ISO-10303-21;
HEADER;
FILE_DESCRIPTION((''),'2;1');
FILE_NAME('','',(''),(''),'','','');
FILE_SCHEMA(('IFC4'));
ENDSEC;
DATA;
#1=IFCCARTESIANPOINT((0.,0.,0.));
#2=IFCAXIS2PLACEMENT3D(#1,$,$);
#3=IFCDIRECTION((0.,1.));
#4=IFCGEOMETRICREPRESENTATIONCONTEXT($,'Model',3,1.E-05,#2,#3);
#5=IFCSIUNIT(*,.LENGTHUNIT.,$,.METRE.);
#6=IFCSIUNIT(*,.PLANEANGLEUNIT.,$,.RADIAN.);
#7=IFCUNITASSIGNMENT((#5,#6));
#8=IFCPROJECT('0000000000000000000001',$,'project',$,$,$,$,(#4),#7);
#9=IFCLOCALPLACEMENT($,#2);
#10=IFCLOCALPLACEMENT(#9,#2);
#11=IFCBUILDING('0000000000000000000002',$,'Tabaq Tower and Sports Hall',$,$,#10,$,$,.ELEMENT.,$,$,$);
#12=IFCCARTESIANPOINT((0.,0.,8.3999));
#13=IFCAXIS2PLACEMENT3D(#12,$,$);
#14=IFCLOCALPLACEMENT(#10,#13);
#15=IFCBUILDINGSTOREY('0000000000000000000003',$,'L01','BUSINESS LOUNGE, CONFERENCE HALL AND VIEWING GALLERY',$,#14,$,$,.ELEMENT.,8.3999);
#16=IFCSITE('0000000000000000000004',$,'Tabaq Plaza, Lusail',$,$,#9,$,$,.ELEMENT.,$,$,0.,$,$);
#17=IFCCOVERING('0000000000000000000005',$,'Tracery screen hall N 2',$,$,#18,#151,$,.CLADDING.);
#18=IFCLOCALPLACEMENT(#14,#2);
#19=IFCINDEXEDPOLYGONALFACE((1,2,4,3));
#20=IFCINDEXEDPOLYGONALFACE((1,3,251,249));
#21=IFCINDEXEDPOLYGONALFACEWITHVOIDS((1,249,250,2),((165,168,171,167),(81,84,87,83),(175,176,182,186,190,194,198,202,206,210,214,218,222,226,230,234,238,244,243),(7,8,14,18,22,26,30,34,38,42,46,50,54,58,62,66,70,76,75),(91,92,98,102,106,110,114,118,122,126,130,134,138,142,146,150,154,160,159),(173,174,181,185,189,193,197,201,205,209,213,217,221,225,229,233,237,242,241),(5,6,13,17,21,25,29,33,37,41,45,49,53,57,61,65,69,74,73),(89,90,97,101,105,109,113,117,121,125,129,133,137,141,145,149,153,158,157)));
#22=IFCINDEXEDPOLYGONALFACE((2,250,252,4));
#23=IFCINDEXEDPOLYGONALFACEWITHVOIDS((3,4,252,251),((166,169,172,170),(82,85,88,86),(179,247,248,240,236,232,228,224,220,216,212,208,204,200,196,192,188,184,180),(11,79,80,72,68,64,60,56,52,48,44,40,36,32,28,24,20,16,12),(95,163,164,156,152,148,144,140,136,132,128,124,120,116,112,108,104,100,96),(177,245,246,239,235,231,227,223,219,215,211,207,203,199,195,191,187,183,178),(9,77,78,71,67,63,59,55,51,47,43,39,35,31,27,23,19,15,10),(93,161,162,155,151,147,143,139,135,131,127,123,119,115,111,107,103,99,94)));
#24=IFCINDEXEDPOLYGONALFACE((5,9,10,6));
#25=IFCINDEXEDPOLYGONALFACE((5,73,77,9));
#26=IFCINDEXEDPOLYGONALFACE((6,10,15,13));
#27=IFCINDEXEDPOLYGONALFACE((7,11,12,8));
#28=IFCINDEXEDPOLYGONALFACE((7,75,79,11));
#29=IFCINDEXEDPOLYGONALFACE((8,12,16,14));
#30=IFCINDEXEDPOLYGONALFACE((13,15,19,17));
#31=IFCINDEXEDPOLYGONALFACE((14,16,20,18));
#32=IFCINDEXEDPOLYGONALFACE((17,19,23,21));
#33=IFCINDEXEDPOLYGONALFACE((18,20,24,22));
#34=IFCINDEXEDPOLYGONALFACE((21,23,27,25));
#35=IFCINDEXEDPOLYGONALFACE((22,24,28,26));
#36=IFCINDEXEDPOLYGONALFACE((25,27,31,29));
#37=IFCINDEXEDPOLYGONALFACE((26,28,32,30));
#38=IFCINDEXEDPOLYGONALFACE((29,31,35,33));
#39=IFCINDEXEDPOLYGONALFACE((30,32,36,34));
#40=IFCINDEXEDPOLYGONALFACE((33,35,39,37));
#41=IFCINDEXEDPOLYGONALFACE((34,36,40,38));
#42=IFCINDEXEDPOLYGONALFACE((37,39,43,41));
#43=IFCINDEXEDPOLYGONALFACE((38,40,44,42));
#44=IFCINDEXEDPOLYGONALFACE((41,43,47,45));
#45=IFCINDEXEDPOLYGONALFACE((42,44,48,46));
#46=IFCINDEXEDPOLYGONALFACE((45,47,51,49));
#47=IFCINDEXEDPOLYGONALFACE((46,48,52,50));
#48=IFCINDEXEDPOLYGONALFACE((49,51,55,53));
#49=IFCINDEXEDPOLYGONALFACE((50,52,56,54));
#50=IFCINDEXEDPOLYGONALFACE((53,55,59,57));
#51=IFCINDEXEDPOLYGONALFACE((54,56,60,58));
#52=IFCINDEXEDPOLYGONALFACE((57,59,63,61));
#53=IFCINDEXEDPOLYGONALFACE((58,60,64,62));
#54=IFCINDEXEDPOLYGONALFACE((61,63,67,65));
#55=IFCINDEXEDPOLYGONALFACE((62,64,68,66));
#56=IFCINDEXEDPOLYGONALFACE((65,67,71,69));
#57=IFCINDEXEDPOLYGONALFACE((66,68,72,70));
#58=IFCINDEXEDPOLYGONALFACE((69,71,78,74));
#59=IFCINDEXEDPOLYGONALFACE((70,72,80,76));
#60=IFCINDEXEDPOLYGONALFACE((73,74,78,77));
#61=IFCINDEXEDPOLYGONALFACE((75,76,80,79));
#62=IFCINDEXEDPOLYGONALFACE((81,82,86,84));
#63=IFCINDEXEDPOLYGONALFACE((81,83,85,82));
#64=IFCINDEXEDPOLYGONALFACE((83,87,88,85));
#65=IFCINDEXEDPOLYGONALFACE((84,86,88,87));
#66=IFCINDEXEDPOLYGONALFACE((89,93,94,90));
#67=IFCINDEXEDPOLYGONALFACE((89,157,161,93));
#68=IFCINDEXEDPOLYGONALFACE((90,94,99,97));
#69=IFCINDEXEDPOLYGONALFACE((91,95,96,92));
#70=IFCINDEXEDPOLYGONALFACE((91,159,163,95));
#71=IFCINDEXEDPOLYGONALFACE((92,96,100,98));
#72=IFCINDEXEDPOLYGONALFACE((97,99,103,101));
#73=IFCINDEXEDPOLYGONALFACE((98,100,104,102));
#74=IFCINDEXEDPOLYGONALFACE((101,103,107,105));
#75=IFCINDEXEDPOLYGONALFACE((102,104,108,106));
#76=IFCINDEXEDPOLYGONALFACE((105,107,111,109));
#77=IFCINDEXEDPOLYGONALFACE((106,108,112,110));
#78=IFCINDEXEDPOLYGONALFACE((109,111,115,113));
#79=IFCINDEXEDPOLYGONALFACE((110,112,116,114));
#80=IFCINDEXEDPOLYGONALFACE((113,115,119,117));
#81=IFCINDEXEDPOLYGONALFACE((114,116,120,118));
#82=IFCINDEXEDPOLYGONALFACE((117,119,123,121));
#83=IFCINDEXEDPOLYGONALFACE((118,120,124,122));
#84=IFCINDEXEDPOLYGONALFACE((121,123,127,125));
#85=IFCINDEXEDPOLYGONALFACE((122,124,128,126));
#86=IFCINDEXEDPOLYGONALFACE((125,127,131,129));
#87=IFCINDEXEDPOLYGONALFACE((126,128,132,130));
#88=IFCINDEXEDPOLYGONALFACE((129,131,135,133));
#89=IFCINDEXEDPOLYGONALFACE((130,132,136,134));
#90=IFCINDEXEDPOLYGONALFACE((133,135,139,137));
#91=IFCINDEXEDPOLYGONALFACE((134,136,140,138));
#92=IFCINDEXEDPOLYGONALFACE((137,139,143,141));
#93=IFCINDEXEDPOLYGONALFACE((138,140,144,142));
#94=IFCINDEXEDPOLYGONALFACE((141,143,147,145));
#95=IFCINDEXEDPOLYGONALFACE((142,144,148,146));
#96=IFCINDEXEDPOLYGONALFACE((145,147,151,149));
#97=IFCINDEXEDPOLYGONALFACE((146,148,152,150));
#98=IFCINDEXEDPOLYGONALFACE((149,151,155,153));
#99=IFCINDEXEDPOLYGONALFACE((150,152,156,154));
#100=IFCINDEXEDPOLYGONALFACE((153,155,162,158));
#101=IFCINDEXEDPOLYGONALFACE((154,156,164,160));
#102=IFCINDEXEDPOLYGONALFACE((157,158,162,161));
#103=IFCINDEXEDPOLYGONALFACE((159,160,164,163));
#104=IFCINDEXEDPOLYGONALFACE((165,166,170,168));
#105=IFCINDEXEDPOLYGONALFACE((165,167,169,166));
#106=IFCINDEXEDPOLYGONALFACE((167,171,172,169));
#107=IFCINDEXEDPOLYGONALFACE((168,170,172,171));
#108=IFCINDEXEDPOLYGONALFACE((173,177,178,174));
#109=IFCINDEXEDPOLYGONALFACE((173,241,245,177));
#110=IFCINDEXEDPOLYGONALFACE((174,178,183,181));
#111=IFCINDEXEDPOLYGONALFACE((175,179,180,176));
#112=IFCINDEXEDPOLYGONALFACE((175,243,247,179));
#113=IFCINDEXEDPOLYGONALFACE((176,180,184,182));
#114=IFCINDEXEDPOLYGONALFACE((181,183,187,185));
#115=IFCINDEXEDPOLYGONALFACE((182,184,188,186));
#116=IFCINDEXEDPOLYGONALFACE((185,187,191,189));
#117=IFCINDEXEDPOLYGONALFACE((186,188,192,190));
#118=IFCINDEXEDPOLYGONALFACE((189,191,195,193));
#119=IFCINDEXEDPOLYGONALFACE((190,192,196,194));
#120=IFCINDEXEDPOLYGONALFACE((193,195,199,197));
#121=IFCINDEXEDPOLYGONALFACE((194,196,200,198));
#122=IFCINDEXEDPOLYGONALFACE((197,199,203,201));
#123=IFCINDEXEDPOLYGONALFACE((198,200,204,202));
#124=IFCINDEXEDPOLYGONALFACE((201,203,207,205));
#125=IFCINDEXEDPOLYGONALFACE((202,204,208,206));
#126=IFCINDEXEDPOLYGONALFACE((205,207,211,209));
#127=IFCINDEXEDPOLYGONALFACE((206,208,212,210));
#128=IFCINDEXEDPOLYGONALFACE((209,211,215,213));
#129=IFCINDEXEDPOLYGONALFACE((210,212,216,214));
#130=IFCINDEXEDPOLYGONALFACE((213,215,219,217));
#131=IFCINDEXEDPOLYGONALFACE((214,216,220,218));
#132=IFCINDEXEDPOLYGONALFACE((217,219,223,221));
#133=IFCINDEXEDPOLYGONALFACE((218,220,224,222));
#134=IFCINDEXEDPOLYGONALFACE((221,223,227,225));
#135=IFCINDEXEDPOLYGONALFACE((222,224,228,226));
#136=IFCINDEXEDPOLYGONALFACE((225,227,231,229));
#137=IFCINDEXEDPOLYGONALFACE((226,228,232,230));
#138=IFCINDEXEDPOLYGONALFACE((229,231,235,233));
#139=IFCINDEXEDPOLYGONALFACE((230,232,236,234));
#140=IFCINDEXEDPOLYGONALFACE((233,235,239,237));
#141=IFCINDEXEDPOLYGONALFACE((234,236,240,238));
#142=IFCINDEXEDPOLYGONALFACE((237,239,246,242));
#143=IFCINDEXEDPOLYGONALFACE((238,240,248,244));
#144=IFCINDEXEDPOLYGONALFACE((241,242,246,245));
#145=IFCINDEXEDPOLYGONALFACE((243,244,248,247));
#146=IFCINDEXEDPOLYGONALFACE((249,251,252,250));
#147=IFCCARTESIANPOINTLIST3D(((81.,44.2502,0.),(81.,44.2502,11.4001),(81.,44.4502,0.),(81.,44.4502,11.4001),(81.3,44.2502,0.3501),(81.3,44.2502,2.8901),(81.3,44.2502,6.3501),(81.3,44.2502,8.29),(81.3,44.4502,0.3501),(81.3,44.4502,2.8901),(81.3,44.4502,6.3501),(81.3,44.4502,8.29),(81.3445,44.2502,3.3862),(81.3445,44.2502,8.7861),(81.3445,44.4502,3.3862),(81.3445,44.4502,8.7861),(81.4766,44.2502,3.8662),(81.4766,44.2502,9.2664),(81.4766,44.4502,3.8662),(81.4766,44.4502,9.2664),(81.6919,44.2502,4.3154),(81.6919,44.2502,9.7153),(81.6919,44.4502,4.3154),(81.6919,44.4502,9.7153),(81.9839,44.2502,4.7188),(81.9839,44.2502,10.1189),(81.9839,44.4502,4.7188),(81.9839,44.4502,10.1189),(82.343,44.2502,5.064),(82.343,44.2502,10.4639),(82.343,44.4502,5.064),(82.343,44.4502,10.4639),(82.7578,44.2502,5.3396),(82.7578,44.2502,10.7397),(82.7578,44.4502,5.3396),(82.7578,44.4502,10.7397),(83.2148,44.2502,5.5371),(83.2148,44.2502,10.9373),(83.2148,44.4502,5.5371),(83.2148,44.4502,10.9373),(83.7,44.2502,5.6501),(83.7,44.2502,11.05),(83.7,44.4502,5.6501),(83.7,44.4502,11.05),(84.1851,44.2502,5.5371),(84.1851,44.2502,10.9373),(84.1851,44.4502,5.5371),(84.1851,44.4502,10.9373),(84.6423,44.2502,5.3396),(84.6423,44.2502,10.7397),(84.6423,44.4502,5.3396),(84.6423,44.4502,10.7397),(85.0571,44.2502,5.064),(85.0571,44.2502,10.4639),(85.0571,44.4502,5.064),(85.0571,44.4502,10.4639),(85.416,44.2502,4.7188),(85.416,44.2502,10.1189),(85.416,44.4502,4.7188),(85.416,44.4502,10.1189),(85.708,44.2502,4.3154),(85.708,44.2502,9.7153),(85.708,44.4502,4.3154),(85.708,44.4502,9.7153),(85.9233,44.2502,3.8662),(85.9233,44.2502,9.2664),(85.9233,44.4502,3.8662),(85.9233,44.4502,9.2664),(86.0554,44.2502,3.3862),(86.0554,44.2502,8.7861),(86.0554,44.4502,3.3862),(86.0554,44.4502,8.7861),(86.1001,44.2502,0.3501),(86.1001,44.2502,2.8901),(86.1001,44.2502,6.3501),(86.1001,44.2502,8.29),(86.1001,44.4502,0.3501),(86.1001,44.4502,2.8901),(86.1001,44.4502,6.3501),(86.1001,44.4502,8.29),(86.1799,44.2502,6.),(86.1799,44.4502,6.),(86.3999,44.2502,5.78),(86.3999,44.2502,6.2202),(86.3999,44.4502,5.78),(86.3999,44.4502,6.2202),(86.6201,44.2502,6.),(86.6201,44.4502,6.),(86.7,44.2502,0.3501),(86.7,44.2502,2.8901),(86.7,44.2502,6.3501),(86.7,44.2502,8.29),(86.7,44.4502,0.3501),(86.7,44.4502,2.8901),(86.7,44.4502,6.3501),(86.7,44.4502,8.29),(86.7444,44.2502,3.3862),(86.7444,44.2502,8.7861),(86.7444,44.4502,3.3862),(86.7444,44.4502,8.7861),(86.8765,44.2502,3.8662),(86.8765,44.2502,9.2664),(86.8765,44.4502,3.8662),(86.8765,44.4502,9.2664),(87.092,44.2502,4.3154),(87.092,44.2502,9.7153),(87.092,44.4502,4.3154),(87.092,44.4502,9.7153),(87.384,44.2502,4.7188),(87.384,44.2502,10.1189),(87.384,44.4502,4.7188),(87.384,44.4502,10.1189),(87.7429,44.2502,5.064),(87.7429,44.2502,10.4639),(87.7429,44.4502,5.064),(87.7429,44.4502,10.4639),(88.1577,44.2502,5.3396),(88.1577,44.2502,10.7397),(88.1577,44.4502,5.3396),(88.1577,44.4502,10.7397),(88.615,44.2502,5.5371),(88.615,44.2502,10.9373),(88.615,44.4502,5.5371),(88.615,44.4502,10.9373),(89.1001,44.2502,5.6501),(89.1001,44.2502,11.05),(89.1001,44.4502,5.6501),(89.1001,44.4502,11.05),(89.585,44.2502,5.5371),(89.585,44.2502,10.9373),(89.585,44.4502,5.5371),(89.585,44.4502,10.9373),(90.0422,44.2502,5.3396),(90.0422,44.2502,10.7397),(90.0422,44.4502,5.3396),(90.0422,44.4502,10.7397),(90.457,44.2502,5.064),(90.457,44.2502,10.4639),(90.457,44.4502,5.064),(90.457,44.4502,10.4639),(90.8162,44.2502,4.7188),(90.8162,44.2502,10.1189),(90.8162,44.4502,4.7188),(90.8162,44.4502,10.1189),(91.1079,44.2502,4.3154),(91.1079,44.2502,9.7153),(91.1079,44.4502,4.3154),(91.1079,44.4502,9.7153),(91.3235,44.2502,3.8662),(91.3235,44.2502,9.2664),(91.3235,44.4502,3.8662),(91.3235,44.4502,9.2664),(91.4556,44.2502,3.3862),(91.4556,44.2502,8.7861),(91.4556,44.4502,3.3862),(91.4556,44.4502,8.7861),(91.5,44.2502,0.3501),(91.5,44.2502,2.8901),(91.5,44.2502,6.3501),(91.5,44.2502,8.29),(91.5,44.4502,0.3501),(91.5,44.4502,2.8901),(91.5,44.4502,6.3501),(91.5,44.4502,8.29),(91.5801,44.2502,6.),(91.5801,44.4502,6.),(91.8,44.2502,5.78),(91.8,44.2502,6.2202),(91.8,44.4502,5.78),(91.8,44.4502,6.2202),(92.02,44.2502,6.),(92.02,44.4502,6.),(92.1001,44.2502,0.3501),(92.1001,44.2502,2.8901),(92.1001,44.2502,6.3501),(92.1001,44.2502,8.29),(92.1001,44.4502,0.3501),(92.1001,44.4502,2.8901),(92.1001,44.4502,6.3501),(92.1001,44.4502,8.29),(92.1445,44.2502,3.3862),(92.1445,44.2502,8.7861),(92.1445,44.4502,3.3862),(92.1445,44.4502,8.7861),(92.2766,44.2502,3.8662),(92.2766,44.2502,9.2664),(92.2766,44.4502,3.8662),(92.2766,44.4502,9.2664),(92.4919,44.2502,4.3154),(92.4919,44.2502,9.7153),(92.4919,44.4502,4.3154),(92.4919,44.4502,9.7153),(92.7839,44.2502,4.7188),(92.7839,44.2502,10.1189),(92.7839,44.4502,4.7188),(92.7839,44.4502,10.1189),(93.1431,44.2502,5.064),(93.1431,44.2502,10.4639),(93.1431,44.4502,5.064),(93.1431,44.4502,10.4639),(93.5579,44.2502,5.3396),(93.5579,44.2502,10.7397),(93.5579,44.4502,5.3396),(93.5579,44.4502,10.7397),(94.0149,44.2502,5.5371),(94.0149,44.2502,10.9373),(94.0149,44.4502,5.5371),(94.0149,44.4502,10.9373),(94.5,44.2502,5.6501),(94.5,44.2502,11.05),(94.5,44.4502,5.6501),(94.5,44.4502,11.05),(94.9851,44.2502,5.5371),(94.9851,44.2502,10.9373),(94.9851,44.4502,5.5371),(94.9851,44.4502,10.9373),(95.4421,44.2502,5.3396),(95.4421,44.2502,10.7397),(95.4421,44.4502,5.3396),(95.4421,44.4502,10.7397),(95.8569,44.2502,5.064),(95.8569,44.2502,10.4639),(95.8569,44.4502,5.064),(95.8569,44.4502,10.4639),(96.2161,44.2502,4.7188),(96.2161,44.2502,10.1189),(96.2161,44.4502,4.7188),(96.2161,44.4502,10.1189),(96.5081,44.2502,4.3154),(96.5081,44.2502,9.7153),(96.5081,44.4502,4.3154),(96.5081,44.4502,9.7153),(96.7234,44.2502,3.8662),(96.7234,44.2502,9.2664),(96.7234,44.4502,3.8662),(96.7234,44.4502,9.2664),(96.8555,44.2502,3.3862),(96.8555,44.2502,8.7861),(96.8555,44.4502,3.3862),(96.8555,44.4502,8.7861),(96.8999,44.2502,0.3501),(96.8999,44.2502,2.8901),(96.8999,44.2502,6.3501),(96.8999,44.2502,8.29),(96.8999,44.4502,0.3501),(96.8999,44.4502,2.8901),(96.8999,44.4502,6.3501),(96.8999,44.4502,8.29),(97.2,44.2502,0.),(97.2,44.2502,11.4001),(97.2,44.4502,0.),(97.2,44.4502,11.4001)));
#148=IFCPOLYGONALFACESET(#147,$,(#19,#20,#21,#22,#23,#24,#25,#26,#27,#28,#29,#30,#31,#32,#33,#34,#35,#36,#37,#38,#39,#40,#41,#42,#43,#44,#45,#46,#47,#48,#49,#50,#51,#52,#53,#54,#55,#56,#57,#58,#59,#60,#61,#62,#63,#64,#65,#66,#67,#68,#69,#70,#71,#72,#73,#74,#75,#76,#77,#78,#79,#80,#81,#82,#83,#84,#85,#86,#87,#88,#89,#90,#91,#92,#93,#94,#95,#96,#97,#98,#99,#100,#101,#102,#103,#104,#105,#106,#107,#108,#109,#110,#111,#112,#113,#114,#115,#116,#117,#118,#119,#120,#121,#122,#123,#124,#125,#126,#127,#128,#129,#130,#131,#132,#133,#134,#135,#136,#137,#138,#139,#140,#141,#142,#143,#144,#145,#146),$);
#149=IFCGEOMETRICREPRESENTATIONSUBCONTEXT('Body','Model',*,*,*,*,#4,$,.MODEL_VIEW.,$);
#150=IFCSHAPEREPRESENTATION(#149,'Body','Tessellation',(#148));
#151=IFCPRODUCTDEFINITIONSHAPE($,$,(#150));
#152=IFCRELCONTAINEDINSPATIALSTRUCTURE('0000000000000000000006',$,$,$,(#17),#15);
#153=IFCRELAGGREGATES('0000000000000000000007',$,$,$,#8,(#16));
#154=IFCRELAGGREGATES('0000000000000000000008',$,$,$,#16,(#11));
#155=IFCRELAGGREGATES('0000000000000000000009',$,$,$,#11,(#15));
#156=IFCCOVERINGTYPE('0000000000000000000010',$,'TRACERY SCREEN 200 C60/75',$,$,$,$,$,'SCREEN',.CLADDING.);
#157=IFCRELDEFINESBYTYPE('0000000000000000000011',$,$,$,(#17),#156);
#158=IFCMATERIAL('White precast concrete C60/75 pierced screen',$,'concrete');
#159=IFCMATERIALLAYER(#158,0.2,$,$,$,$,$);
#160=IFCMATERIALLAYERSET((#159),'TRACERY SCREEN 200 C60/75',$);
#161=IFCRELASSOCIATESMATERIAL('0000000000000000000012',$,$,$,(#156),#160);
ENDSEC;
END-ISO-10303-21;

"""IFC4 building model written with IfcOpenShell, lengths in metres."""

from ifc_helpers import new_model, si_unit, direction, frame, origin, place, context, subcontext, project, spatial, polyline, outline, extrude, material, layer, layer_set, type_object, element, save


model = new_model("IFC4")

# Units and contexts
model_context = context("Model", 3, precision=1e-05, world=origin(), true_north=direction((0.0, 1.0)))
body_context = subcontext(model_context, "Body", "Model", "MODEL_VIEW")
ifc_project = project(units=[si_unit("LENGTHUNIT", "METRE"), si_unit("PLANEANGLEUNIT", "RADIAN")], contexts=[model_context])

# Site, building, storey
site_placement = place(None, origin())
site = spatial("IfcSite", under=ifc_project, at=site_placement, Name="Tabaq Plaza, Lusail", CompositionType="ELEMENT", RefElevation=0.0)
building_placement = place(site_placement, origin())
building = spatial("IfcBuilding", under=site, at=building_placement, Name="Tabaq Tower and Sports Hall", CompositionType="ELEMENT")
storey_placement = place(building_placement, frame((0.0, 0.0, 8.3999)))
storey = spatial("IfcBuildingStorey", under=building, at=storey_placement, Name="L01", Description="BUSINESS LOUNGE, CONFERENCE HALL AND VIEWING GALLERY", CompositionType="ELEMENT", Elevation=8.3999)

# Covering
ifc_material_1 = material(Name="White precast concrete C60/75 pierced screen", Category="concrete")
ifc_layer_1 = layer(ifc_material_1, 0.2)
ifc_layer_set_1 = layer_set([ifc_layer_1], Name="TRACERY SCREEN 200 C60/75")
covering_type_1 = type_object("IfcCoveringType", Name="TRACERY SCREEN 200 C60/75", ElementType="SCREEN", PredefinedType="CLADDING", material=ifc_layer_set_1)
covering_1_placement = place(storey_placement, frame((81.0, 44.3501, 0.0), z_axis=(0.0, 0.0, 1.0), x_axis=(1.0, 0.0, 0.0)))
element("IfcCovering", 1, at=covering_1_placement, inside=storey, type_object=covering_type_1, Name="Tracery screen hall N 2", PredefinedType="CLADDING", context=body_context, shape_type="SweptSolid", body=[
    extrude(outline(polyline([(0.0, 0.0), (16.2, 0.0), (16.2, 11.4001), (0.0, 11.4001), (0.0, 0.0)]), holes=[polyline([(0.3, 0.3501), (5.1001, 0.3501), (5.1001, 2.8901), (5.0554, 3.3862), (4.9233, 3.8662), (4.708, 4.3154), (4.416, 4.7188), (4.0571, 5.064), (3.6423, 5.3396), (3.1851, 5.5371), (2.7, 5.6501), (2.2148, 5.5371), (1.7578, 5.3396), (1.343, 5.064), (0.9839, 4.7188), (0.6919, 4.3154), (0.4766, 3.8662), (0.3445, 3.3862), (0.3, 2.8901), (0.3, 0.3501)]), polyline([(5.7, 0.3501), (10.5, 0.3501), (10.5, 2.8901), (10.4556, 3.3862), (10.3235, 3.8662), (10.1079, 4.3154), (9.8162, 4.7188), (9.457, 5.064), (9.0422, 5.3396), (8.585, 5.5371), (8.1001, 5.6501), (7.615, 5.5371), (7.1577, 5.3396), (6.7429, 5.064), (6.384, 4.7188), (6.092, 4.3154), (5.8765, 3.8662), (5.7444, 3.3862), (5.7, 2.8901), (5.7, 0.3501)]), polyline([(11.1001, 0.3501), (15.8999, 0.3501), (15.8999, 2.8901), (15.8555, 3.3862), (15.7234, 3.8662), (15.5081, 4.3154), (15.2161, 4.7188), (14.8569, 5.064), (14.4421, 5.3396), (13.9851, 5.5371), (13.5, 5.6501), (13.0149, 5.5371), (12.5579, 5.3396), (12.1431, 5.064), (11.7839, 4.7188), (11.4919, 4.3154), (11.2766, 3.8662), (11.1445, 3.3862), (11.1001, 2.8901), (11.1001, 0.3501)]), polyline([(0.3, 6.3501), (5.1001, 6.3501), (5.1001, 8.29), (5.0554, 8.7861), (4.9233, 9.2664), (4.708, 9.7153), (4.416, 10.1189), (4.0571, 10.4639), (3.6423, 10.7397), (3.1851, 10.9373), (2.7, 11.05), (2.2148, 10.9373), (1.7578, 10.7397), (1.343, 10.4639), (0.9839, 10.1189), (0.6919, 9.7153), (0.4766, 9.2664), (0.3445, 8.7861), (0.3, 8.29), (0.3, 6.3501)]), polyline([(5.7, 6.3501), (10.5, 6.3501), (10.5, 8.29), (10.4556, 8.7861), (10.3235, 9.2664), (10.1079, 9.7153), (9.8162, 10.1189), (9.457, 10.4639), (9.0422, 10.7397), (8.585, 10.9373), (8.1001, 11.05), (7.615, 10.9373), (7.1577, 10.7397), (6.7429, 10.4639), (6.384, 10.1189), (6.092, 9.7153), (5.8765, 9.2664), (5.7444, 8.7861), (5.7, 8.29), (5.7, 6.3501)]), polyline([(11.1001, 6.3501), (15.8999, 6.3501), (15.8999, 8.29), (15.8555, 8.7861), (15.7234, 9.2664), (15.5081, 9.7153), (15.2161, 10.1189), (14.8569, 10.4639), (14.4421, 10.7397), (13.9851, 10.9373), (13.5, 11.05), (13.0149, 10.9373), (12.5579, 10.7397), (12.1431, 10.4639), (11.7839, 10.1189), (11.4919, 9.7153), (11.2766, 9.2664), (11.1445, 8.7861), (11.1001, 8.29), (11.1001, 6.3501)]), polyline([(5.6201, 6.0), (5.3999, 6.2202), (5.1799, 6.0), (5.3999, 5.78), (5.6201, 6.0)]), polyline([(11.02, 6.0), (10.8, 6.2202), (10.5801, 6.0), (10.8, 5.78), (11.02, 6.0)])]), frame((0.0, 0.1001, 0.0), z_axis=(0.0, -1.0, 0.0), x_axis=(1.0, 0.0, 0.0)), (0.0, 0.0, 1.0), 0.2),
])

save(model, "model.ifc")
